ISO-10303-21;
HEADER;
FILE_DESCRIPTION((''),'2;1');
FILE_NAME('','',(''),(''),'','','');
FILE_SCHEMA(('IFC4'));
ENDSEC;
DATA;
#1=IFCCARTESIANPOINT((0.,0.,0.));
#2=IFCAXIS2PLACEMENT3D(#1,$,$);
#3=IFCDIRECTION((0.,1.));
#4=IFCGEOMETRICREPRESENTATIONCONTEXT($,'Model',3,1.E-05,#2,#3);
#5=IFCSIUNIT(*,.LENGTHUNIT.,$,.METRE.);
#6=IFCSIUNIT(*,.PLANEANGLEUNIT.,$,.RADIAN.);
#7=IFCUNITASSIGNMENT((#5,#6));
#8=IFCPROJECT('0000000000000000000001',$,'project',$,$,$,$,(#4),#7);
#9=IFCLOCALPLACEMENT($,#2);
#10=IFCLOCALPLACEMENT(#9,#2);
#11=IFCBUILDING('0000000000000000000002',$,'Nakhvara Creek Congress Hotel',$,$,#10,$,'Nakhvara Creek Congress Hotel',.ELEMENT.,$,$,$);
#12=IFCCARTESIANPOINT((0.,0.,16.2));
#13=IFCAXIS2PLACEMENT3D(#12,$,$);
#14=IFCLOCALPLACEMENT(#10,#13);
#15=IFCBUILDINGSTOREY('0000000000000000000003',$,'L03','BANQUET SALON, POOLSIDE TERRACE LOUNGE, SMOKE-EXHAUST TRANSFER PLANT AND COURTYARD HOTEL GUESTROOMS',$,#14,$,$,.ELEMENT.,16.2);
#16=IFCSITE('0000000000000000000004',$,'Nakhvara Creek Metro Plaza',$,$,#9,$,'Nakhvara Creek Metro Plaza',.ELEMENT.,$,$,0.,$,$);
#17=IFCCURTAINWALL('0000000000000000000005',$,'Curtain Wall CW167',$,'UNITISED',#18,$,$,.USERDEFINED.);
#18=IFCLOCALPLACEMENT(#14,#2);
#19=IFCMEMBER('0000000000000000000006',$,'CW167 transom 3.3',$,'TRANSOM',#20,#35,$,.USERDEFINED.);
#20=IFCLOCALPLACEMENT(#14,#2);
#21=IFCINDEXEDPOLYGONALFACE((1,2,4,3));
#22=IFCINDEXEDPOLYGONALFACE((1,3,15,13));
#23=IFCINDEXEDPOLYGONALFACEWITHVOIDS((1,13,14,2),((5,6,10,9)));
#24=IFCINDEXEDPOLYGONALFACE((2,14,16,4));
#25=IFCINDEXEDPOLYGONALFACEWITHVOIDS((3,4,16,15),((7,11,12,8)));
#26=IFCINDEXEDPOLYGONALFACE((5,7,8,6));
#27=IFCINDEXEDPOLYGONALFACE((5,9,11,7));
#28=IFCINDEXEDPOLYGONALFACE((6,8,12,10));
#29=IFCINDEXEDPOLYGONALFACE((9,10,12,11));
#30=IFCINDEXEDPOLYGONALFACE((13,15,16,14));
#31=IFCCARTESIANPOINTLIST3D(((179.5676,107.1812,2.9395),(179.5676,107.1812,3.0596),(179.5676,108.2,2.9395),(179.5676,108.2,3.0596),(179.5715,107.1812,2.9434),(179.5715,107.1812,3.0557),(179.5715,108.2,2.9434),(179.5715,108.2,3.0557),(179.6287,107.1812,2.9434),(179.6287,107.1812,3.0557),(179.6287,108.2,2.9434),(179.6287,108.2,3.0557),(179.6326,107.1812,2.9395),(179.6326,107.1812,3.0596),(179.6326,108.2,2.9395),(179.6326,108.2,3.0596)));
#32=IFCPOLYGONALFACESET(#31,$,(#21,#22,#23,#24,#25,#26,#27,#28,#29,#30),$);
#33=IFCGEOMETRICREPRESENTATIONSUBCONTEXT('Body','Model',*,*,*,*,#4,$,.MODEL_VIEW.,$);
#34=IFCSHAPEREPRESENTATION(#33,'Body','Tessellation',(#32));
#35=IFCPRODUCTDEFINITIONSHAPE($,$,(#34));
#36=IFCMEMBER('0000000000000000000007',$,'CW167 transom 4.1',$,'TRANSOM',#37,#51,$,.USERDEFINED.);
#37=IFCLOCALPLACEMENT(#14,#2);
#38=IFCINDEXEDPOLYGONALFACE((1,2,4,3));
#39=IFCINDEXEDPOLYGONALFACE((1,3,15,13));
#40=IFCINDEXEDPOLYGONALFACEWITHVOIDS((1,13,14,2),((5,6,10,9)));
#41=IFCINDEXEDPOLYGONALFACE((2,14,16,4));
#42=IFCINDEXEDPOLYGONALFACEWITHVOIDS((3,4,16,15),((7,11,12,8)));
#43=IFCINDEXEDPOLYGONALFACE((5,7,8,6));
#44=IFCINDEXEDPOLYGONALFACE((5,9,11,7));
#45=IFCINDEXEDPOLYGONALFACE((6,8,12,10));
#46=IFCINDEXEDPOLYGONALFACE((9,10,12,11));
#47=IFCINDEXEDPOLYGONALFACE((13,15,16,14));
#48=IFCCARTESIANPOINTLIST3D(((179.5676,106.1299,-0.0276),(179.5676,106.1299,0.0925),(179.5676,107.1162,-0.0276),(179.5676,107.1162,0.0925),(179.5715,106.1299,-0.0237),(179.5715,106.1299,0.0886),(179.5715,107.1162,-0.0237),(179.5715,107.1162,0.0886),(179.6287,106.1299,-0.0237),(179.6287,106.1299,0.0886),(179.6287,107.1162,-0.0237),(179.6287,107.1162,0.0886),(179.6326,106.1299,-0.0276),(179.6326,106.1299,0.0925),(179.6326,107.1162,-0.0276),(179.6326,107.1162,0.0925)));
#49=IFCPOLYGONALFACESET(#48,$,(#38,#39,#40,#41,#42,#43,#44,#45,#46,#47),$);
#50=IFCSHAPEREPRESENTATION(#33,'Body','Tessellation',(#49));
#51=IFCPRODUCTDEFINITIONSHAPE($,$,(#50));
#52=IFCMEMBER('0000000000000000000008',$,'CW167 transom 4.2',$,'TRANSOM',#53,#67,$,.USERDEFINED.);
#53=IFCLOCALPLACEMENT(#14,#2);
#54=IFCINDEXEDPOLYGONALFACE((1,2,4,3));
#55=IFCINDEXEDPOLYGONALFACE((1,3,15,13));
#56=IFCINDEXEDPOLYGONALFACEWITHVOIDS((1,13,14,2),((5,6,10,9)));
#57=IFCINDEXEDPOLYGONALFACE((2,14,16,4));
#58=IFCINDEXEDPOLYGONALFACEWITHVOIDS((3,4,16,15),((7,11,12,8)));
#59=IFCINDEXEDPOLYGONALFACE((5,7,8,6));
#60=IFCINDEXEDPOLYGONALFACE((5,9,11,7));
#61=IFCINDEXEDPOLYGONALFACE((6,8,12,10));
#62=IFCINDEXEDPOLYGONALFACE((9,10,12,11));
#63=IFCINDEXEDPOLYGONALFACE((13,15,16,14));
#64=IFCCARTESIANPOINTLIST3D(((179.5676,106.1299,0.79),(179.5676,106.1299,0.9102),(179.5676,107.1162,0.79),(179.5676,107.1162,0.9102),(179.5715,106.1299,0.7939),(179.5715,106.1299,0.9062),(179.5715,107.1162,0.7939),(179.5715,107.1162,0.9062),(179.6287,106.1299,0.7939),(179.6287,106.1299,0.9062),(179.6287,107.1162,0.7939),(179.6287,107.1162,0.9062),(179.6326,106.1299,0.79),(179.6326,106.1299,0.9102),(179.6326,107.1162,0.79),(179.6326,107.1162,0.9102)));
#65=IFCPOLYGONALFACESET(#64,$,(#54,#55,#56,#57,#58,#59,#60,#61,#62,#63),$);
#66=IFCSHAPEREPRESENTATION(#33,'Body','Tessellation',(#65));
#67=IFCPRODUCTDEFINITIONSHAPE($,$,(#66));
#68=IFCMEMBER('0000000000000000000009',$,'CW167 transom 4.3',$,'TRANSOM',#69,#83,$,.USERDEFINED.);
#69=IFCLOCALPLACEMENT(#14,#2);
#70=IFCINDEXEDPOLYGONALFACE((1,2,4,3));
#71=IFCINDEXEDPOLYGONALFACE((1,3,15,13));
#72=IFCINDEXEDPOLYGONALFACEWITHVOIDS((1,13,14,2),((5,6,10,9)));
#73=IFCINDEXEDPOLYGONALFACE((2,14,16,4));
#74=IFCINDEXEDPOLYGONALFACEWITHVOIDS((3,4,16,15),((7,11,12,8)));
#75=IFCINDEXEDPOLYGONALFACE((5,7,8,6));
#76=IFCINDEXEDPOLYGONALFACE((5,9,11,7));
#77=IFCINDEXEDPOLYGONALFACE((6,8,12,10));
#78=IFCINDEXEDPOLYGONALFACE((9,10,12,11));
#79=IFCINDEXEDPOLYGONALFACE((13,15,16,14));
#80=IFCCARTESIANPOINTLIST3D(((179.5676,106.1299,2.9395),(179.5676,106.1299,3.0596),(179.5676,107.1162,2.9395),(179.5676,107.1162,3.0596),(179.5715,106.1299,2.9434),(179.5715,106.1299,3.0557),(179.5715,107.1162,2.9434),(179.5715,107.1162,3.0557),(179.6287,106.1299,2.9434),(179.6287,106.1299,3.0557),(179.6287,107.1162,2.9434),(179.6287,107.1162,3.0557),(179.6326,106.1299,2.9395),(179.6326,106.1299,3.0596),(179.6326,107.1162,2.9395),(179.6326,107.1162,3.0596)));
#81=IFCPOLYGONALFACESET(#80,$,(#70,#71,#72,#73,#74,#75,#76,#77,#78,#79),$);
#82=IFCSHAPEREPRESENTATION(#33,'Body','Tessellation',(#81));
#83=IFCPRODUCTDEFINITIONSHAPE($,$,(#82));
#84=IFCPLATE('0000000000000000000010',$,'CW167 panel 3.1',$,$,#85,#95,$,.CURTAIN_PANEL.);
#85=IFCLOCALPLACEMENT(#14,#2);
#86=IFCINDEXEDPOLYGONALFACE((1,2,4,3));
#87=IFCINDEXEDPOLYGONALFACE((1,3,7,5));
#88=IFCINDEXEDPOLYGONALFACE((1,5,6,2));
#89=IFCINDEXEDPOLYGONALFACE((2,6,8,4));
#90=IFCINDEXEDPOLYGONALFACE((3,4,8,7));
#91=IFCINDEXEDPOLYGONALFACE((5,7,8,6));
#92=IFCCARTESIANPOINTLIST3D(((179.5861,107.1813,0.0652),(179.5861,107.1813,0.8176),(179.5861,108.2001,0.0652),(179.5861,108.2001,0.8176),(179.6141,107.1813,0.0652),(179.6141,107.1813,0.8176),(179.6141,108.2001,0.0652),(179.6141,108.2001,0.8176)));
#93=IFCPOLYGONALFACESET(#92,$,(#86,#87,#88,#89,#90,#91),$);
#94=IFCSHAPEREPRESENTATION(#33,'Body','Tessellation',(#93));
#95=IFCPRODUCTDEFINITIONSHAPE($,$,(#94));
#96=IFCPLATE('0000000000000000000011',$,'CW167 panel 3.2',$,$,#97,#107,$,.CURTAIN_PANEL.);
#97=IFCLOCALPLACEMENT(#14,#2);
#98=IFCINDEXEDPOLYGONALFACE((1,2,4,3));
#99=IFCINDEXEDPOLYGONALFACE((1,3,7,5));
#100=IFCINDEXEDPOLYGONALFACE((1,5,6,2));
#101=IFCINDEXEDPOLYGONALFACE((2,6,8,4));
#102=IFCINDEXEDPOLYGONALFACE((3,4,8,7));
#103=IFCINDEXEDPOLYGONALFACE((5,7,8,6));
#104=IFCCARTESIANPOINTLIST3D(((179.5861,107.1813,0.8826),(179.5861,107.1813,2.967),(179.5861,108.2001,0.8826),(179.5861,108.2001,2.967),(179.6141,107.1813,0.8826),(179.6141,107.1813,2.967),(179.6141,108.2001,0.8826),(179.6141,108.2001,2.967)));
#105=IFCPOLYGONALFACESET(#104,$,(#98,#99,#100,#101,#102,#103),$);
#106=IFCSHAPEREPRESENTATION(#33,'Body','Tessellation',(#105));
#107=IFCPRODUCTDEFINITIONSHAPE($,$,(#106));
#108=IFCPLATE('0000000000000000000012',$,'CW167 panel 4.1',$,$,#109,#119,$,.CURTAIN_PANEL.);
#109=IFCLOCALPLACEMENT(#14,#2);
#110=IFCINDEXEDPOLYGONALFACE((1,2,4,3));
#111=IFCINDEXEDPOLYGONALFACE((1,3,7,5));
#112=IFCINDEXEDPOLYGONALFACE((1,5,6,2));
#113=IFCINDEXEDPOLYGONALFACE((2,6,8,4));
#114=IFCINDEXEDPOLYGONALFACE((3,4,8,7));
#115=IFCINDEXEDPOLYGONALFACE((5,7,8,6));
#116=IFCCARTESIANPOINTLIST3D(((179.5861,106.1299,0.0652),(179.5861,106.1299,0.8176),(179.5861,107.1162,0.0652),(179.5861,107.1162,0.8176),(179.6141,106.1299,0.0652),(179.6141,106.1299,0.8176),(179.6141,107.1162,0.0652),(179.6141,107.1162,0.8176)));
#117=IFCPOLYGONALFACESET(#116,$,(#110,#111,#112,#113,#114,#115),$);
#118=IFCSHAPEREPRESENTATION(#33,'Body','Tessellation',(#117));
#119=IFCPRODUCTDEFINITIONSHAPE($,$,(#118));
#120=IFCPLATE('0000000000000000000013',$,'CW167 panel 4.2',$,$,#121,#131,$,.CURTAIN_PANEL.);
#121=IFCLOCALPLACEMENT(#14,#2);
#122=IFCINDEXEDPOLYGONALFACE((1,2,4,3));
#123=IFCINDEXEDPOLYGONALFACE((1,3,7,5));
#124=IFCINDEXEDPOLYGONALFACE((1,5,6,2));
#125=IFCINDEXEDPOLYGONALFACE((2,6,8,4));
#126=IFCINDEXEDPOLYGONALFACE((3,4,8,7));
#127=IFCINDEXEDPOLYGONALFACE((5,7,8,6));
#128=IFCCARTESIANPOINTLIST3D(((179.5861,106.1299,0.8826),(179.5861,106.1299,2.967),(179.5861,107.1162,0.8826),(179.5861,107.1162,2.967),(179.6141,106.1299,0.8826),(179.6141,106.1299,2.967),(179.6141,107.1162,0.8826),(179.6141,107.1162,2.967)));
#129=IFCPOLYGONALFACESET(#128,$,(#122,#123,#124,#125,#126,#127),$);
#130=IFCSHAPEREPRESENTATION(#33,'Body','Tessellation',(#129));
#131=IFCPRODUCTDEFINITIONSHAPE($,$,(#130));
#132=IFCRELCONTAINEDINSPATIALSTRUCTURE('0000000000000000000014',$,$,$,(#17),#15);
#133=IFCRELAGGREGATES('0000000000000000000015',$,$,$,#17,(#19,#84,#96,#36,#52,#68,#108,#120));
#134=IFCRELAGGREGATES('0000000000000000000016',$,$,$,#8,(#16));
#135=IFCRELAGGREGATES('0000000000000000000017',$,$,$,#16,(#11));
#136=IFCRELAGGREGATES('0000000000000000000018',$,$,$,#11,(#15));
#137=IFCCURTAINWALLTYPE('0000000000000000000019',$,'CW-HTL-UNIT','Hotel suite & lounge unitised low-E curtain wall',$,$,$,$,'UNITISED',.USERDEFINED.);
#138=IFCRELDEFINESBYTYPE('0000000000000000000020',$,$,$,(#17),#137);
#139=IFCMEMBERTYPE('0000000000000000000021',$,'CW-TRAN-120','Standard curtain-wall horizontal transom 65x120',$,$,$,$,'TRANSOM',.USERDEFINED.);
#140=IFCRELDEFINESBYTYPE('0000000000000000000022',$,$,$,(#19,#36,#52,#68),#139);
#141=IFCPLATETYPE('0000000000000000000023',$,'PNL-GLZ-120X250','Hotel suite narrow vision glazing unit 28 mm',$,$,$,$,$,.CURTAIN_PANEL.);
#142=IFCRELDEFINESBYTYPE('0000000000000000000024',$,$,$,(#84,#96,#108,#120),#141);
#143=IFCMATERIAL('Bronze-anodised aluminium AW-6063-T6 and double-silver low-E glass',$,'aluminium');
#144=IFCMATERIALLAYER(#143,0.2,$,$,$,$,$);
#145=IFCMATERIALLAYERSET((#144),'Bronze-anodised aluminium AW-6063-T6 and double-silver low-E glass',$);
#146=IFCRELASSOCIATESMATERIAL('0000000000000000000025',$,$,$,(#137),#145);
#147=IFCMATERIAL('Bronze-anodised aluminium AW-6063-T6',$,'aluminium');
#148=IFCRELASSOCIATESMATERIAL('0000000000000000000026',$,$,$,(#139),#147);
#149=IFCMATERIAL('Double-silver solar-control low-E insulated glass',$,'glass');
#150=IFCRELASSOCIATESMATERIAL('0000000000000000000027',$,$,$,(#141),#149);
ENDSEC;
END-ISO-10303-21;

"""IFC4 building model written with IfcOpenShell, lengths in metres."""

from ifc_helpers import new_model, si_unit, direction, frame, origin, origin_2d, place, context, subcontext, project, spatial, rectangle, hollow_rectangle, extrude, material, layer, layer_set, material_profile, profile_set, type_object, element, aggregate, save


model = new_model("IFC4")

# Units and contexts
model_context = context("Model", 3, precision=1e-05, world=origin(), true_north=direction((0.0, 1.0)))
body_context = subcontext(model_context, "Body", "Model", "MODEL_VIEW")
ifc_project = project(units=[si_unit("LENGTHUNIT", "METRE"), si_unit("PLANEANGLEUNIT", "RADIAN")], contexts=[model_context])

# Site, building, storey
site_placement = place(None, origin())
site = spatial("IfcSite", under=ifc_project, at=site_placement, Name="Nakhvara Creek Metro Plaza", LongName="Nakhvara Creek Metro Plaza", CompositionType="ELEMENT", RefElevation=0.0)
building_placement = place(site_placement, origin())
building = spatial("IfcBuilding", under=site, at=building_placement, Name="Nakhvara Creek Congress Hotel", LongName="Nakhvara Creek Congress Hotel", CompositionType="ELEMENT")
storey_placement = place(building_placement, frame((0.0, 0.0, 16.2)))
storey = spatial("IfcBuildingStorey", under=building, at=storey_placement, Name="L03", Description="BANQUET SALON, POOLSIDE TERRACE LOUNGE, SMOKE-EXHAUST TRANSFER PLANT AND COURTYARD HOTEL GUESTROOMS", CompositionType="ELEMENT", Elevation=16.2)

# Shared definitions
ifc_material_1 = material(Name="Bronze-anodised aluminium AW-6063-T6 and double-silver low-E glass", Category="aluminium")
ifc_layer_1 = layer(ifc_material_1, 0.2)
ifc_layer_set_1 = layer_set([ifc_layer_1], Name="Bronze-anodised aluminium AW-6063-T6 and double-silver low-E glass")
curtain_wall_type = type_object("IfcCurtainWallType", Name="CW-HTL-UNIT", Description="Hotel suite & lounge unitised low-E curtain wall", ElementType="UNITISED", PredefinedType="USERDEFINED", material=ifc_layer_set_1)
ifc_material_2 = material(Name="Bronze-anodised aluminium AW-6063-T6", Category="aluminium")

# Curtain wall
curtain_wall_1_placement = place(storey_placement, origin())
curtain_wall_1 = element("IfcCurtainWall", 1, at=curtain_wall_1_placement, inside=storey, type_object=curtain_wall_type, Name="Curtain Wall CW167", ObjectType="UNITISED", PredefinedType="USERDEFINED")

# Members
ifc_material_profile_1 = material_profile(ifc_material_2, hollow_rectangle(XDim=0.0649, YDim=0.1201, WallThickness=0.0039, at=origin_2d()), Name="ALU-TRAN 65x120x4", Category="LoadBearing")
ifc_profile_set_1 = profile_set([ifc_material_profile_1], Name="Bronze-anodised aluminium AW-6063-T6")
member_type_1 = type_object("IfcMemberType", Name="CW-TRAN-120", Description="Standard curtain-wall horizontal transom 65x120", ElementType="TRANSOM", PredefinedType="USERDEFINED", material=ifc_profile_set_1)
member_1_placement = place(storey_placement, frame((179.6001, 108.2, 2.9995), z_axis=(0.0, -1.0, 0.0), x_axis=(1.0, 0.0, 0.0)))
member_1 = element("IfcMember", 2, at=member_1_placement, type_object=member_type_1, Name="CW167 transom 3.3", ObjectType="TRANSOM", PredefinedType="USERDEFINED", context=body_context, shape_type="SweptSolid", body=[
    extrude(hollow_rectangle(XDim=0.0649, YDim=0.1201, WallThickness=0.0039, at=origin_2d()), origin(), (0.0, 0.0, 1.0), 1.0188),
])
member_2_placement = place(storey_placement, frame((179.6001, 107.1162, 0.0325), z_axis=(0.0, -1.0, 0.0), x_axis=(1.0, 0.0, 0.0)))
member_2 = element("IfcMember", 3, at=member_2_placement, type_object=member_type_1, Name="CW167 transom 4.1", ObjectType="TRANSOM", PredefinedType="USERDEFINED", context=body_context, shape_type="SweptSolid", body=[
    extrude(hollow_rectangle(XDim=0.0649, YDim=0.1201, WallThickness=0.0039, at=origin_2d()), origin(), (0.0, 0.0, 1.0), 0.9863),
])
member_3_placement = place(storey_placement, frame((179.6001, 107.1162, 0.8501), z_axis=(0.0, -1.0, 0.0), x_axis=(1.0, 0.0, 0.0)))
member_3 = element("IfcMember", 4, at=member_3_placement, type_object=member_type_1, Name="CW167 transom 4.2", ObjectType="TRANSOM", PredefinedType="USERDEFINED", context=body_context, shape_type="SweptSolid", body=[
    extrude(hollow_rectangle(XDim=0.0649, YDim=0.1201, WallThickness=0.0039, at=origin_2d()), origin(), (0.0, 0.0, 1.0), 0.9863),
])
member_4_placement = place(storey_placement, frame((179.6001, 107.1162, 2.9995), z_axis=(0.0, -1.0, 0.0), x_axis=(1.0, 0.0, 0.0)))
member_4 = element("IfcMember", 5, at=member_4_placement, type_object=member_type_1, Name="CW167 transom 4.3", ObjectType="TRANSOM", PredefinedType="USERDEFINED", context=body_context, shape_type="SweptSolid", body=[
    extrude(hollow_rectangle(XDim=0.0649, YDim=0.1201, WallThickness=0.0039, at=origin_2d()), origin(), (0.0, 0.0, 1.0), 0.9863),
])

# Plates
ifc_material_3 = material(Name="Double-silver solar-control low-E insulated glass", Category="glass")
plate_type = type_object("IfcPlateType", Name="PNL-GLZ-120X250", Description="Hotel suite narrow vision glazing unit 28 mm", PredefinedType="CURTAIN_PANEL", material=ifc_material_3)
plate_1_placement = place(storey_placement, frame((179.6001, 107.6907, 0.0652), z_axis=(0.0, 0.0, 1.0), x_axis=(0.0, -1.0, 0.0)))
plate_1 = element("IfcPlate", 6, at=plate_1_placement, type_object=plate_type, Name="CW167 panel 3.1", PredefinedType="CURTAIN_PANEL", context=body_context, shape_type="SweptSolid", body=[
    extrude(rectangle(XDim=1.0188, YDim=0.0281, at=origin_2d()), origin(), (0.0, 0.0, 1.0), 0.7524),
])
plate_2_placement = place(storey_placement, frame((179.6001, 107.6907, 0.8826), z_axis=(0.0, 0.0, 1.0), x_axis=(0.0, -1.0, 0.0)))
plate_2 = element("IfcPlate", 7, at=plate_2_placement, type_object=plate_type, Name="CW167 panel 3.2", PredefinedType="CURTAIN_PANEL", context=body_context, shape_type="SweptSolid", body=[
    extrude(rectangle(XDim=1.0188, YDim=0.0281, at=origin_2d()), origin(), (0.0, 0.0, 1.0), 2.0845),
])
plate_3_placement = place(storey_placement, frame((179.6001, 106.623, 0.0652), z_axis=(0.0, 0.0, 1.0), x_axis=(0.0, -1.0, 0.0)))
plate_3 = element("IfcPlate", 8, at=plate_3_placement, type_object=plate_type, Name="CW167 panel 4.1", PredefinedType="CURTAIN_PANEL", context=body_context, shape_type="SweptSolid", body=[
    extrude(rectangle(XDim=0.9863, YDim=0.0281, at=origin_2d()), origin(), (0.0, 0.0, 1.0), 0.7524),
])
plate_4_placement = place(storey_placement, frame((179.6001, 106.623, 0.8826), z_axis=(0.0, 0.0, 1.0), x_axis=(0.0, -1.0, 0.0)))
plate_4 = element("IfcPlate", 9, at=plate_4_placement, type_object=plate_type, Name="CW167 panel 4.2", PredefinedType="CURTAIN_PANEL", context=body_context, shape_type="SweptSolid", body=[
    extrude(rectangle(XDim=0.9863, YDim=0.0281, at=origin_2d()), origin(), (0.0, 0.0, 1.0), 2.0845),
])
aggregate(curtain_wall_1, [member_1, plate_1, plate_2, member_2, member_3, member_4, plate_3, plate_4])

save(model, "model.ifc")
